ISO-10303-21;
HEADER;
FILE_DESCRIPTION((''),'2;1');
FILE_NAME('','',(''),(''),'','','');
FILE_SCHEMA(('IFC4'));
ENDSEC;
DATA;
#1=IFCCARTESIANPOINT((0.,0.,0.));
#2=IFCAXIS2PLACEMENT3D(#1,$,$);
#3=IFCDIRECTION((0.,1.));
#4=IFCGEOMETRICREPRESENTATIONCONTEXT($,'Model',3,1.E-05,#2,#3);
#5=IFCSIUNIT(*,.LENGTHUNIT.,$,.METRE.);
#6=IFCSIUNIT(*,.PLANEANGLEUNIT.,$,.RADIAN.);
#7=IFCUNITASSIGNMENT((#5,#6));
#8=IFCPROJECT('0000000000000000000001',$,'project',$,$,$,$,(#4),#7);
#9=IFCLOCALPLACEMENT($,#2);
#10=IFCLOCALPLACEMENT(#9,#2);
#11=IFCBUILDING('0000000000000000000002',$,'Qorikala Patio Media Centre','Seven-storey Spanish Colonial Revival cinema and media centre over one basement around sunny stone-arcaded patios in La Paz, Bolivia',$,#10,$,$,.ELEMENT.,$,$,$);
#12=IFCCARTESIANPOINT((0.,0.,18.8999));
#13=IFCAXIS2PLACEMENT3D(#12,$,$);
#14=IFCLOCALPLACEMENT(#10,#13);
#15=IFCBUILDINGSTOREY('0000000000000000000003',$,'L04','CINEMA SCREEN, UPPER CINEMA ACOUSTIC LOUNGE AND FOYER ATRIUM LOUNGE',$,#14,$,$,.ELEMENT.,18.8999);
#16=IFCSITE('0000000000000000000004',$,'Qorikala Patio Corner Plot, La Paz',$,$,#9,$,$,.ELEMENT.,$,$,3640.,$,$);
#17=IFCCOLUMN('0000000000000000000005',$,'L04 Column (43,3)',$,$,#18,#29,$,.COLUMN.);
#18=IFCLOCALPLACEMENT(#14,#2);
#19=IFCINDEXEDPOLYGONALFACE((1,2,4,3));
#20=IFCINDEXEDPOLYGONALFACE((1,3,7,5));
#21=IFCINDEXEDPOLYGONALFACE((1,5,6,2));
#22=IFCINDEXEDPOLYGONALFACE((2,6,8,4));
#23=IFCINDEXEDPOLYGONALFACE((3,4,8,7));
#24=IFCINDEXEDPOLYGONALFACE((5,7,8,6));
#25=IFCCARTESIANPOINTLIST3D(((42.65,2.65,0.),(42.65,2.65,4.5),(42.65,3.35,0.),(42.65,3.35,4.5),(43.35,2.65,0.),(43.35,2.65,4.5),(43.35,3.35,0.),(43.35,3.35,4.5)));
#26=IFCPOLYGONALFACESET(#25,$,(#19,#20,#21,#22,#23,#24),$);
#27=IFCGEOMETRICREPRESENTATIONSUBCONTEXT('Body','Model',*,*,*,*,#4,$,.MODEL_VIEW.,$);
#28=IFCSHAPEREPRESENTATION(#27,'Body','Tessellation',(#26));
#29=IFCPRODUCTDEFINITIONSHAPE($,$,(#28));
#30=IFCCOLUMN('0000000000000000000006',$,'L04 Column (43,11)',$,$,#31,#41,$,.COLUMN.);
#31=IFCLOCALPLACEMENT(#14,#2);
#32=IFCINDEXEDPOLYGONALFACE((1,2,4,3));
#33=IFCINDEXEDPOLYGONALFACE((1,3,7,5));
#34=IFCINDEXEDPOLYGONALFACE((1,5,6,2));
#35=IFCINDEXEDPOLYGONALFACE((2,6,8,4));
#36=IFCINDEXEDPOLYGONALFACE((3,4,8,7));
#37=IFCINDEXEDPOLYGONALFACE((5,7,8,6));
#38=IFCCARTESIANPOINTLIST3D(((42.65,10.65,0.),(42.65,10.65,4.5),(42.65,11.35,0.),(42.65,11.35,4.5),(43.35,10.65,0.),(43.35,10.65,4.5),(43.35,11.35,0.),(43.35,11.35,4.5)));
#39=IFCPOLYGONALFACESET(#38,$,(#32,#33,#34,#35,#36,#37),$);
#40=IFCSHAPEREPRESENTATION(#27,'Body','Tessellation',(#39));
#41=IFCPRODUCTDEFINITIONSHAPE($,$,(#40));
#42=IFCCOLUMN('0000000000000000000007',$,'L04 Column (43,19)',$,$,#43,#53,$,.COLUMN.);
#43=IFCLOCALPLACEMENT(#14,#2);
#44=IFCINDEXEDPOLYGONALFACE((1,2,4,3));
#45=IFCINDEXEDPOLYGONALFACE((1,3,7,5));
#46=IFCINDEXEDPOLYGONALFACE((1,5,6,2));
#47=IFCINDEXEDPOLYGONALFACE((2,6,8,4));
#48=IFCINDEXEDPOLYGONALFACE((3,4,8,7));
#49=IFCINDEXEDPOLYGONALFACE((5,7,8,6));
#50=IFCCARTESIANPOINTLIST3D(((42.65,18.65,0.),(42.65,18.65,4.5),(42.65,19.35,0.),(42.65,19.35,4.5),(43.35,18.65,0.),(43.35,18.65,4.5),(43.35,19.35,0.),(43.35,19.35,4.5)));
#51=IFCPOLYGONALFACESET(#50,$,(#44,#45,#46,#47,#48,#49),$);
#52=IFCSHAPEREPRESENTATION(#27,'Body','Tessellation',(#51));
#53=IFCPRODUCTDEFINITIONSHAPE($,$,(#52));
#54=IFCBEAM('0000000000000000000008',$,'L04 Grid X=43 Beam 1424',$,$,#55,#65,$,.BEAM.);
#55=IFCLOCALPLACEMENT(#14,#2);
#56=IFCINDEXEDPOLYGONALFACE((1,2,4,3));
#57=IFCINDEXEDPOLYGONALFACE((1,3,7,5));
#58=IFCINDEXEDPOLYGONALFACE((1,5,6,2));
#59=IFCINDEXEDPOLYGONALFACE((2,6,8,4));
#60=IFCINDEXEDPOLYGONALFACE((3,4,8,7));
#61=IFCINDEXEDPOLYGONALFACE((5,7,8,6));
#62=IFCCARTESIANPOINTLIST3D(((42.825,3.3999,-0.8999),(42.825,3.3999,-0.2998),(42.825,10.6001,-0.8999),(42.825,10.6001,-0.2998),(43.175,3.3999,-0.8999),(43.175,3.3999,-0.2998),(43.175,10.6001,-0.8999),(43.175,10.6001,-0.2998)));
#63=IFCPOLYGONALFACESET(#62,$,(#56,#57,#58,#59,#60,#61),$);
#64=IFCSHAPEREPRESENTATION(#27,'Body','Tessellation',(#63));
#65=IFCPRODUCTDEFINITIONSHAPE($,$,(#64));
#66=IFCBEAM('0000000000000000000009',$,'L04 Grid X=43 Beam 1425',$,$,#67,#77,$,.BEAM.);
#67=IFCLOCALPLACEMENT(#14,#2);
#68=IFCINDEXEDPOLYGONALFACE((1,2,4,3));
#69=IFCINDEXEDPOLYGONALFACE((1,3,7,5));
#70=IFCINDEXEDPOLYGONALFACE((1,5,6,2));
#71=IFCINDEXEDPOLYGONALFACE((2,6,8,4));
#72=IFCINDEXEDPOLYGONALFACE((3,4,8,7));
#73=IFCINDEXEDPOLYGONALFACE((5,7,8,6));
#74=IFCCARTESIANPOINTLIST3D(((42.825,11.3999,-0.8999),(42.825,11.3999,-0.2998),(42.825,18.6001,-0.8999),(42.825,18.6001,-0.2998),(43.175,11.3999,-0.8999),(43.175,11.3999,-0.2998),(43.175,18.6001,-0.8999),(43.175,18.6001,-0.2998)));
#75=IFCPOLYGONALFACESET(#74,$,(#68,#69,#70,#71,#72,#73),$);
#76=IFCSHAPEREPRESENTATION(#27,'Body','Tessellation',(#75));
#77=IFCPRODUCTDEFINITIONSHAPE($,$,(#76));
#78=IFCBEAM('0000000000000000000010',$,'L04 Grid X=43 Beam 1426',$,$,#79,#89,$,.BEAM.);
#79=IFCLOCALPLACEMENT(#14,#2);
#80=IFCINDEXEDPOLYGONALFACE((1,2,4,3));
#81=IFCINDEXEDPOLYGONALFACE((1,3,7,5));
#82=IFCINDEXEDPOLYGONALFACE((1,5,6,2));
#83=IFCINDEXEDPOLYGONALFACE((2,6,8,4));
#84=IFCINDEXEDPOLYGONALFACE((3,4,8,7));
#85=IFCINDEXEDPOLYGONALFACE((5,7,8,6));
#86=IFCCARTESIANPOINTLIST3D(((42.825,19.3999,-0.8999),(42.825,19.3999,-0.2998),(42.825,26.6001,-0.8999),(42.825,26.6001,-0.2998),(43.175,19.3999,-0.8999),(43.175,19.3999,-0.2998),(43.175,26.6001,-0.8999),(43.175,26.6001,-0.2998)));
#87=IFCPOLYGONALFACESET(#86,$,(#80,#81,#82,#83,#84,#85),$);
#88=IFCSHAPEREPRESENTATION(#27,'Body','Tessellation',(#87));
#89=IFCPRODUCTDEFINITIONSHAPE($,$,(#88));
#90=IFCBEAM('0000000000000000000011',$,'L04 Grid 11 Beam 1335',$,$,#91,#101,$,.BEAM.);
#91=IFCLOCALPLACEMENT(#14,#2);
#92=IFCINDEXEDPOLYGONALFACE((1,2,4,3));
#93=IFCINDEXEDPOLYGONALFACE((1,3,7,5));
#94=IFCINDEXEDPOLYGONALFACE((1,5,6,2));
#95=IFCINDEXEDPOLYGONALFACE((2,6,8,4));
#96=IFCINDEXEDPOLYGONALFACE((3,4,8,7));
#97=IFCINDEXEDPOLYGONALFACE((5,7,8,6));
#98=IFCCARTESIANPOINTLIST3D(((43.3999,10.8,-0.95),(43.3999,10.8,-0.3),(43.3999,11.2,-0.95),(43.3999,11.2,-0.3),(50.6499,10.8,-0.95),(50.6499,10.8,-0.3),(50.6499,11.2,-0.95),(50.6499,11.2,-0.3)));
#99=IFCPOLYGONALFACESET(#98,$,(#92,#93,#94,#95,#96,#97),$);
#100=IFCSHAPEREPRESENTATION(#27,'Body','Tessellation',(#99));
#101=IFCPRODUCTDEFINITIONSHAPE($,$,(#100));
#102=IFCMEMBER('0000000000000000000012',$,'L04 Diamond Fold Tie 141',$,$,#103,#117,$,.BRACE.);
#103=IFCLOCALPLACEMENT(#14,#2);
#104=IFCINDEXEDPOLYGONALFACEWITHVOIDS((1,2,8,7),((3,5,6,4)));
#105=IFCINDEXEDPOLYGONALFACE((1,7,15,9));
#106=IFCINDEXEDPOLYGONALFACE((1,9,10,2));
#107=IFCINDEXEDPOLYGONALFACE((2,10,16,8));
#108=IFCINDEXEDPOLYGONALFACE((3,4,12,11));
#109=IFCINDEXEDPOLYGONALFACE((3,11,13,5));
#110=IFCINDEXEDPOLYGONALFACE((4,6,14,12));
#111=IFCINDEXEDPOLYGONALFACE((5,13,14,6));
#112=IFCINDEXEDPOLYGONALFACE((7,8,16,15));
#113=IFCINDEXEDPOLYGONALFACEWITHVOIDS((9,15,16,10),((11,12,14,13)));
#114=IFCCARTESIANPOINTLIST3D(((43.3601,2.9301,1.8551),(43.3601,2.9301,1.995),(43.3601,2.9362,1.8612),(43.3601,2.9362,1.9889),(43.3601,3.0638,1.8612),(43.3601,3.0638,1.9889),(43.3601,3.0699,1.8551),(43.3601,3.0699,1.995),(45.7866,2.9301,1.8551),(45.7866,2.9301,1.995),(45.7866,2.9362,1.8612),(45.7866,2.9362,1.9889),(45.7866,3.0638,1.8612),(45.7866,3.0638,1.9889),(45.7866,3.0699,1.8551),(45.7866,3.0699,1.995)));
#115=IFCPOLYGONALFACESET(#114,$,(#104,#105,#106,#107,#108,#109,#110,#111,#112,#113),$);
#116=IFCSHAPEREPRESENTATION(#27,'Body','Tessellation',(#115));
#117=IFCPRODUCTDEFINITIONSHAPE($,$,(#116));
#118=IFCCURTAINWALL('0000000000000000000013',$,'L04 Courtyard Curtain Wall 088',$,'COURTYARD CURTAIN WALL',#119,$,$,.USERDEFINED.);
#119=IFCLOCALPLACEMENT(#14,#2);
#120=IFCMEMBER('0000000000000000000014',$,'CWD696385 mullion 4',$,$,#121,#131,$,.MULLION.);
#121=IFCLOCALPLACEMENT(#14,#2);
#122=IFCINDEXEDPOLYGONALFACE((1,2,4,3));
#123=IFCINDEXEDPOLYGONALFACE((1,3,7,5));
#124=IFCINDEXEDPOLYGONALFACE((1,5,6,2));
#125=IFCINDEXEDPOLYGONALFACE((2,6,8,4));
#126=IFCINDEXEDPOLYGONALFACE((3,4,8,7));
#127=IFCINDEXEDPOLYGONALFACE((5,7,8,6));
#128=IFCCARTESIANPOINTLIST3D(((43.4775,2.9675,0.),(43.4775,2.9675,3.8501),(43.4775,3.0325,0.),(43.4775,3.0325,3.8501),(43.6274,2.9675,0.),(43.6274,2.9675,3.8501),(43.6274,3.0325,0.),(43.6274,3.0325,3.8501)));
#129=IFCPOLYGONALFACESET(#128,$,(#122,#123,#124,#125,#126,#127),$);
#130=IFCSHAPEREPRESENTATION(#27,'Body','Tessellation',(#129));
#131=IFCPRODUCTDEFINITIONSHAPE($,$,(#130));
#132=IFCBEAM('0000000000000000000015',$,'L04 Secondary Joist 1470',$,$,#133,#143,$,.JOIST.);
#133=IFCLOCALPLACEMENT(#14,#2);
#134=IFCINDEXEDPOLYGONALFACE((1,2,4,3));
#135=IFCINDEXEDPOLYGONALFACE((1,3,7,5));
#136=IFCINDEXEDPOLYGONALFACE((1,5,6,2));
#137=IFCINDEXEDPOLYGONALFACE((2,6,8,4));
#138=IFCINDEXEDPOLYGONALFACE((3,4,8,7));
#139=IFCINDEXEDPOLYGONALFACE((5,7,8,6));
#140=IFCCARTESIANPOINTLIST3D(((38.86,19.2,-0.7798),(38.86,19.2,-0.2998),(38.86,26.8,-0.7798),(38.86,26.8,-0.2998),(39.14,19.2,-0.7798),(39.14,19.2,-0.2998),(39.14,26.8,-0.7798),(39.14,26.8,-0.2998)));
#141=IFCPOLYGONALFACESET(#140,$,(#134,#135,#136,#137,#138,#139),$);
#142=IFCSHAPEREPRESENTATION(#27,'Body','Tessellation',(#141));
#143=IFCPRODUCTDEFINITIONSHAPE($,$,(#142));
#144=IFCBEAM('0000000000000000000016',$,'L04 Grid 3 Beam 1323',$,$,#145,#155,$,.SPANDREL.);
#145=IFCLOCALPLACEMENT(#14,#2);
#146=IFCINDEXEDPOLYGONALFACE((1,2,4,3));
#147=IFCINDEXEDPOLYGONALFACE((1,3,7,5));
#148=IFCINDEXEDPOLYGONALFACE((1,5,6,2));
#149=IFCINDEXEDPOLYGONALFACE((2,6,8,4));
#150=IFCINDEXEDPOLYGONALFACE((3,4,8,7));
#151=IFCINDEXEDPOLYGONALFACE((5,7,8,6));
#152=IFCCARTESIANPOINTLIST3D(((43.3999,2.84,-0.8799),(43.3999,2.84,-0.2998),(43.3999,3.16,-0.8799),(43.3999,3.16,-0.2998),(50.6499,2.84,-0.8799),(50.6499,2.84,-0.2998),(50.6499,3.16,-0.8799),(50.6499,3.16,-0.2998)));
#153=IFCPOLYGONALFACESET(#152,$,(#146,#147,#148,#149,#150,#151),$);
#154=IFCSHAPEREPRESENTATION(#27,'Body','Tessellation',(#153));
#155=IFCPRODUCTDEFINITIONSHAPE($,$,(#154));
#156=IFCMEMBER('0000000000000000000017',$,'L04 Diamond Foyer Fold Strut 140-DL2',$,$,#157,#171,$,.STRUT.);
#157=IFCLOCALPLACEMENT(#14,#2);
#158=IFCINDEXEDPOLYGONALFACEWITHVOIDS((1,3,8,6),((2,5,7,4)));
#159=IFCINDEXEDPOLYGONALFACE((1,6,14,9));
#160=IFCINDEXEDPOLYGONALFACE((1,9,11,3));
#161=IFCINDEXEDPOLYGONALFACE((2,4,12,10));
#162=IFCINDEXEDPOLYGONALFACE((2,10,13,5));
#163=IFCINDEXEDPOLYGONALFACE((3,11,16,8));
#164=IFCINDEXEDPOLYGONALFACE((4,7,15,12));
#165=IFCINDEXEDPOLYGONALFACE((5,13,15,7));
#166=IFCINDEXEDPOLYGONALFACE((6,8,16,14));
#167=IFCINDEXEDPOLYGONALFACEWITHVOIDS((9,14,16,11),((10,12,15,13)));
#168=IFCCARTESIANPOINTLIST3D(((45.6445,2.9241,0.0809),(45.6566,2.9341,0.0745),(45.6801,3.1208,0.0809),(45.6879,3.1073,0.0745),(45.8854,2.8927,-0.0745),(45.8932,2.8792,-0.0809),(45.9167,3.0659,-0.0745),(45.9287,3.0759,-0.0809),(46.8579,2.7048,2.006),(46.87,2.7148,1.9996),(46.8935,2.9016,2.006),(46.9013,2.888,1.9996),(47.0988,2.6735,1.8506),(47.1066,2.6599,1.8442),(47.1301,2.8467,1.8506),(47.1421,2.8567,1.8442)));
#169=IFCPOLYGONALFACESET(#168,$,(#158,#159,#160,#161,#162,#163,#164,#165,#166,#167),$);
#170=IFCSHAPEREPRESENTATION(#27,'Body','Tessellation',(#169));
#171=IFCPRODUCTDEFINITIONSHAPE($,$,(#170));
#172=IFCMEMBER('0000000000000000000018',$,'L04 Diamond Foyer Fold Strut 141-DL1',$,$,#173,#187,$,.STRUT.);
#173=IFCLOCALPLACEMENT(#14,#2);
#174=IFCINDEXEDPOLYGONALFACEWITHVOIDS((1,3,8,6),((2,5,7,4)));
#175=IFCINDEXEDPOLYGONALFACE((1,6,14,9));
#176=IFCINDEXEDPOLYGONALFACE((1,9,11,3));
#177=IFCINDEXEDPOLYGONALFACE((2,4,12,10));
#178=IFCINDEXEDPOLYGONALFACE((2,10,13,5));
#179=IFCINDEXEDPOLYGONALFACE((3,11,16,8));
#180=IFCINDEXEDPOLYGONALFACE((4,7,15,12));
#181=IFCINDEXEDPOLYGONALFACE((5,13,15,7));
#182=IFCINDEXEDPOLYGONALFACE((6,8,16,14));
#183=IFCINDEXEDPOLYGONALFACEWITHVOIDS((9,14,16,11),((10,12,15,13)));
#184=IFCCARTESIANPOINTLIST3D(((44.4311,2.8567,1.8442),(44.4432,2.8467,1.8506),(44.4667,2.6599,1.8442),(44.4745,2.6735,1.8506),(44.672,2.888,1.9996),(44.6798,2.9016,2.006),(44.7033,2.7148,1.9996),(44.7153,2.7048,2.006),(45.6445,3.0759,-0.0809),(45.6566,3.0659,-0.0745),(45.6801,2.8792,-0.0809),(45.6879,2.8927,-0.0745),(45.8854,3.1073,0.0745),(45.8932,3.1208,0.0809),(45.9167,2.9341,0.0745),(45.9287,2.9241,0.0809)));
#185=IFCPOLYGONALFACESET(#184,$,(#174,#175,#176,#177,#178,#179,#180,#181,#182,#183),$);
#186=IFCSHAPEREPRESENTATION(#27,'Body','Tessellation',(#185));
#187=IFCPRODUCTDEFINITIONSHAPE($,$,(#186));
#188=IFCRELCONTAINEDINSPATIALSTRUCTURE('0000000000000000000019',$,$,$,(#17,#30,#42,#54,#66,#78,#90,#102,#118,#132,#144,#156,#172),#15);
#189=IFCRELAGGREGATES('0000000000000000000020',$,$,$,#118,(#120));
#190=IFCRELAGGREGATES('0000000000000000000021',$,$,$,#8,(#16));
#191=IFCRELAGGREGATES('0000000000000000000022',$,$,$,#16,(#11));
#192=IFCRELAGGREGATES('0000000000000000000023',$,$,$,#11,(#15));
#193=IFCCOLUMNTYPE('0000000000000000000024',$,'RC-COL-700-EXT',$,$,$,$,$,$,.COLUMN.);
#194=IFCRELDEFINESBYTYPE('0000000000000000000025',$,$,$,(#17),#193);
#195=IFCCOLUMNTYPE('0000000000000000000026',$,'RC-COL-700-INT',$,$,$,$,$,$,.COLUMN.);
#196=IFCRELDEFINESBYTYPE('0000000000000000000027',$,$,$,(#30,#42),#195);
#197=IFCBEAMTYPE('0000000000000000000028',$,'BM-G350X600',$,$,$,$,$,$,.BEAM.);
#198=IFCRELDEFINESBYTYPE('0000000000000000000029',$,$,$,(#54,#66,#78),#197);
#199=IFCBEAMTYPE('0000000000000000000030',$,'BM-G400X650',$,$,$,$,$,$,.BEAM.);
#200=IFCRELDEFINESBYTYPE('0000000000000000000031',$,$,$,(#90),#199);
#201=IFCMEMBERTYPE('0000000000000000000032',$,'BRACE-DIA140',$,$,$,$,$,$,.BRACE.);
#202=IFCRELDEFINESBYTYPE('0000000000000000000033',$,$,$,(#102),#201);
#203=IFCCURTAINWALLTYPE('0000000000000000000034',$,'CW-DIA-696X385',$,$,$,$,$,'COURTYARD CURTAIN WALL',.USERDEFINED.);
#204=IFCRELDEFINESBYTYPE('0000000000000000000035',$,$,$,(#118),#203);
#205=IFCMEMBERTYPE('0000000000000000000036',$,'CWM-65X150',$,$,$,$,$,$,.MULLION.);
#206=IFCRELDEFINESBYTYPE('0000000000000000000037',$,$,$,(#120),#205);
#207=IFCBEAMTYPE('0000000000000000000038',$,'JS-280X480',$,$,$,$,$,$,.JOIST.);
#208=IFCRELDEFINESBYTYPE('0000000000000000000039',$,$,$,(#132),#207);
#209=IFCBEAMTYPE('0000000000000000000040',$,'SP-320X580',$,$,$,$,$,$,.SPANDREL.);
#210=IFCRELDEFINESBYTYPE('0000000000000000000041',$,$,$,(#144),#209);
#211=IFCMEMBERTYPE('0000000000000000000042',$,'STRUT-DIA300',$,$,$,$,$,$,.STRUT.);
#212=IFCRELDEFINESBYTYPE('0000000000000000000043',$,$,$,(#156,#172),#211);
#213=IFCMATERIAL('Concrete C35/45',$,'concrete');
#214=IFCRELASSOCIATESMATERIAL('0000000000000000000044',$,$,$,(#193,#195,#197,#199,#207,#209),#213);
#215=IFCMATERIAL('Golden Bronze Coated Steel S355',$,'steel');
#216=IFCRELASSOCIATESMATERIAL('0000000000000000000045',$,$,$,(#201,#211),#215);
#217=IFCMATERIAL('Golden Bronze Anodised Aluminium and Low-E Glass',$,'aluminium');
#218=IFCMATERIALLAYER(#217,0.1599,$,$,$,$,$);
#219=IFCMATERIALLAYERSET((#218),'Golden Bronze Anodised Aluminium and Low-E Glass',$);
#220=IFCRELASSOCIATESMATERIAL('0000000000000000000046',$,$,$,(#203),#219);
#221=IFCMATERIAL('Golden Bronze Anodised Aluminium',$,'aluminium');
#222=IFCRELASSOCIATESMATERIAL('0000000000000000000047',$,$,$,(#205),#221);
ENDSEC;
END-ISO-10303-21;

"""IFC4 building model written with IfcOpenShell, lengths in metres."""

from ifc_helpers import new_model, si_unit, direction, frame, origin, origin_2d, place, context, subcontext, project, spatial, rectangle, hollow_rectangle, extrude, material, layer, layer_set, material_profile, profile_set, type_object, element, aggregate, save


model = new_model("IFC4")

# Units and contexts
model_context = context("Model", 3, precision=1e-05, world=origin(), true_north=direction((0.0, 1.0)))
body_context = subcontext(model_context, "Body", "Model", "MODEL_VIEW")
ifc_project = project(units=[si_unit("LENGTHUNIT", "METRE"), si_unit("PLANEANGLEUNIT", "RADIAN")], contexts=[model_context])

# Site, building, storey
site_placement = place(None, origin())
site = spatial("IfcSite", under=ifc_project, at=site_placement, Name="Qorikala Patio Corner Plot, La Paz", CompositionType="ELEMENT", RefElevation=3640.0)
building_placement = place(site_placement, origin())
building = spatial("IfcBuilding", under=site, at=building_placement, Name="Qorikala Patio Media Centre", Description="Seven-storey Spanish Colonial Revival cinema and media centre over one basement around sunny stone-arcaded patios in La Paz, Bolivia", CompositionType="ELEMENT")
storey_placement = place(building_placement, frame((0.0, 0.0, 18.8999)))
storey = spatial("IfcBuildingStorey", under=building, at=storey_placement, Name="L04", Description="CINEMA SCREEN, UPPER CINEMA ACOUSTIC LOUNGE AND FOYER ATRIUM LOUNGE", CompositionType="ELEMENT", Elevation=18.8999)

# Columns
ifc_material_1 = material(Name="Concrete C35/45", Category="concrete")
ifc_material_profile_1 = material_profile(ifc_material_1, rectangle(XDim=0.7, YDim=0.7, at=origin_2d()), Name="RC 700x700")
ifc_profile_set_1 = profile_set([ifc_material_profile_1], Name="Concrete C35/45")
column_type_1 = type_object("IfcColumnType", Name="RC-COL-700-EXT", PredefinedType="COLUMN", material=ifc_profile_set_1)
column_placement = place(storey_placement, frame((43.0, 3.0, 0.0), z_axis=(0.0, 0.0, 1.0), x_axis=(1.0, 0.0, 0.0)))
element("IfcColumn", 1, at=column_placement, inside=storey, type_object=column_type_1, Name="L04 Column (43,3)", PredefinedType="COLUMN", context=body_context, shape_type="SweptSolid", body=[
    extrude(rectangle(XDim=0.7, YDim=0.7, at=origin_2d()), origin(), (0.0, 0.0, 1.0), 4.5),
])
ifc_material_profile_2 = material_profile(ifc_material_1, rectangle(XDim=0.7, YDim=0.7, at=origin_2d()), Name="RC 700x700")
ifc_profile_set_2 = profile_set([ifc_material_profile_2], Name="Concrete C35/45")
column_type_2 = type_object("IfcColumnType", Name="RC-COL-700-INT", PredefinedType="COLUMN", material=ifc_profile_set_2)
for number, where, z_axis, x_axis, name in (
    (2, (43.0, 11.0, 0.0), (0.0, 0.0, 1.0), (1.0, 0.0, 0.0), "L04 Column (43,11)"),
    (3, (43.0, 19.0, 0.0), (0.0, 0.0, 1.0), (1.0, 0.0, 0.0), "L04 Column (43,19)"),
):
    element("IfcColumn", number, at=place(storey_placement, frame(where, z_axis=z_axis, x_axis=x_axis)), inside=storey, type_object=column_type_2, Name=name, PredefinedType="COLUMN", context=body_context, shape_type="SweptSolid", body=[
        extrude(rectangle(XDim=0.7, YDim=0.7, at=origin_2d()), origin(), (0.0, 0.0, 1.0), 4.5),
    ])

# Beams
ifc_material_profile_3 = material_profile(ifc_material_1, rectangle(XDim=0.3501, YDim=0.6001, at=origin_2d()), Name="RC 350x600")
ifc_profile_set_3 = profile_set([ifc_material_profile_3], Name="Concrete C35/45")
beam_type_1 = type_object("IfcBeamType", Name="BM-G350X600", PredefinedType="BEAM", material=ifc_profile_set_3)
for number, where, z_axis, x_axis, name in (
    (4, (43.0, 3.3999, -0.5999), (0.0, 1.0, 0.0), (-1.0, 0.0, 0.0), "L04 Grid X=43 Beam 1424"),
    (5, (43.0, 11.3999, -0.5999), (0.0, 1.0, 0.0), (-1.0, 0.0, 0.0), "L04 Grid X=43 Beam 1425"),
    (6, (43.0, 19.3999, -0.5999), (0.0, 1.0, 0.0), (-1.0, 0.0, 0.0), "L04 Grid X=43 Beam 1426"),
):
    element("IfcBeam", number, at=place(storey_placement, frame(where, z_axis=z_axis, x_axis=x_axis)), inside=storey, type_object=beam_type_1, Name=name, PredefinedType="BEAM", context=body_context, shape_type="SweptSolid", body=[
        extrude(rectangle(XDim=0.3501, YDim=0.6001, at=origin_2d()), origin(), (0.0, 0.0, 1.0), 7.2002),
    ])
ifc_material_profile_4 = material_profile(ifc_material_1, rectangle(XDim=0.3999, YDim=0.6499, at=origin_2d()), Name="RC 400x650")
ifc_profile_set_4 = profile_set([ifc_material_profile_4], Name="Concrete C35/45")
beam_type_2 = type_object("IfcBeamType", Name="BM-G400X650", PredefinedType="BEAM", material=ifc_profile_set_4)
beam_1_placement = place(storey_placement, frame((43.3999, 11.0, -0.625), z_axis=(1.0, 0.0, 0.0), x_axis=(0.0, 1.0, 0.0)))
element("IfcBeam", 7, at=beam_1_placement, inside=storey, type_object=beam_type_2, Name="L04 Grid 11 Beam 1335", PredefinedType="BEAM", context=body_context, shape_type="SweptSolid", body=[
    extrude(rectangle(XDim=0.3999, YDim=0.6499, at=origin_2d()), origin(), (0.0, 0.0, 1.0), 7.25),
])

# Member
ifc_material_2 = material(Name="Golden Bronze Coated Steel S355", Category="steel")
ifc_material_profile_5 = material_profile(ifc_material_2, hollow_rectangle(XDim=0.1399, YDim=0.1399, WallThickness=0.0061, at=origin_2d()), Name="HSS140X140X6")
ifc_profile_set_5 = profile_set([ifc_material_profile_5], Name="Golden Bronze Coated Steel S355")
member_type_1 = type_object("IfcMemberType", Name="BRACE-DIA140", PredefinedType="BRACE", material=ifc_profile_set_5)
member_1_placement = place(storey_placement, frame((45.7866, 3.0, 1.925), z_axis=(-1.0, 0.0, 0.0), x_axis=(0.0, -1.0, 0.0)))
element("IfcMember", 8, at=member_1_placement, inside=storey, type_object=member_type_1, Name="L04 Diamond Fold Tie 141", PredefinedType="BRACE", context=body_context, shape_type="SweptSolid", body=[
    extrude(hollow_rectangle(XDim=0.1399, YDim=0.1399, WallThickness=0.0061, at=origin_2d()), origin(), (0.0, 0.0, 1.0), 2.4265),
])

# Curtain wall, member
ifc_material_3 = material(Name="Golden Bronze Anodised Aluminium and Low-E Glass", Category="aluminium")
ifc_layer_1 = layer(ifc_material_3, 0.1599)
ifc_layer_set_1 = layer_set([ifc_layer_1], Name="Golden Bronze Anodised Aluminium and Low-E Glass")
curtain_wall_type = type_object("IfcCurtainWallType", Name="CW-DIA-696X385", ElementType="COURTYARD CURTAIN WALL", PredefinedType="USERDEFINED", material=ifc_layer_set_1)
curtain_wall_placement = place(storey_placement, origin())
curtain_wall = element("IfcCurtainWall", 9, at=curtain_wall_placement, inside=storey, type_object=curtain_wall_type, Name="L04 Courtyard Curtain Wall 088", ObjectType="COURTYARD CURTAIN WALL", PredefinedType="USERDEFINED")
ifc_material_4 = material(Name="Golden Bronze Anodised Aluminium", Category="aluminium")
ifc_material_profile_6 = material_profile(ifc_material_4, rectangle(XDim=0.0649, YDim=0.1499, at=origin_2d()), Name="ALU MULLION 65x150")
ifc_profile_set_6 = profile_set([ifc_material_profile_6], Name="Golden Bronze Anodised Aluminium")
member_type_2 = type_object("IfcMemberType", Name="CWM-65X150", PredefinedType="MULLION", material=ifc_profile_set_6)
member_2_placement = place(storey_placement, frame((43.5525, 3.0, 0.0), z_axis=(0.0, 0.0, 1.0), x_axis=(0.0, -1.0, 0.0)))
member_2 = element("IfcMember", 10, at=member_2_placement, type_object=member_type_2, Name="CWD696385 mullion 4", PredefinedType="MULLION", context=body_context, shape_type="SweptSolid", body=[
    extrude(rectangle(XDim=0.0649, YDim=0.1499, at=origin_2d()), origin(), (0.0, 0.0, 1.0), 3.8501),
])

# Beams
ifc_material_profile_7 = material_profile(ifc_material_1, rectangle(XDim=0.28, YDim=0.48, at=origin_2d()), Name="RC 280x480")
ifc_profile_set_7 = profile_set([ifc_material_profile_7], Name="Concrete C35/45")
beam_type_3 = type_object("IfcBeamType", Name="JS-280X480", PredefinedType="JOIST", material=ifc_profile_set_7)
beam_2_placement = place(storey_placement, frame((39.0, 19.2, -0.5398), z_axis=(0.0, 1.0, 0.0), x_axis=(-1.0, 0.0, 0.0)))
element("IfcBeam", 11, at=beam_2_placement, inside=storey, type_object=beam_type_3, Name="L04 Secondary Joist 1470", PredefinedType="JOIST", context=body_context, shape_type="SweptSolid", body=[
    extrude(rectangle(XDim=0.28, YDim=0.48, at=origin_2d()), origin(), (0.0, 0.0, 1.0), 7.6001),
])
ifc_material_profile_8 = material_profile(ifc_material_1, rectangle(XDim=0.3201, YDim=0.5801, at=origin_2d()), Name="RC 320x580")
ifc_profile_set_8 = profile_set([ifc_material_profile_8], Name="Concrete C35/45")
beam_type_4 = type_object("IfcBeamType", Name="SP-320X580", PredefinedType="SPANDREL", material=ifc_profile_set_8)
beam_3_placement = place(storey_placement, frame((43.3999, 3.0, -0.5898), z_axis=(1.0, 0.0, 0.0), x_axis=(0.0, 1.0, 0.0)))
element("IfcBeam", 12, at=beam_3_placement, inside=storey, type_object=beam_type_4, Name="L04 Grid 3 Beam 1323", PredefinedType="SPANDREL", context=body_context, shape_type="SweptSolid", body=[
    extrude(rectangle(XDim=0.3201, YDim=0.5801, at=origin_2d()), origin(), (0.0, 0.0, 1.0), 7.25),
])

# Members
ifc_material_profile_9 = material_profile(ifc_material_2, hollow_rectangle(XDim=0.2, YDim=0.3, WallThickness=0.012, at=origin_2d()), Name="HSS300X200X12")
ifc_profile_set_9 = profile_set([ifc_material_profile_9], Name="Golden Bronze Coated Steel S355")
member_type_3 = type_object("IfcMemberType", Name="STRUT-DIA300", PredefinedType="STRUT", material=ifc_profile_set_9)
for number, where, z_axis, x_axis, name in (
    (13, (45.7866, 3.0, 0.0), (0.530768, -0.095901, 0.842074), (0.177805, 0.984066, 0.0), "L04 Diamond Foyer Fold Strut 140-DL2"),
    (14, (45.7866, 3.0, 0.0), (-0.530768, -0.095901, 0.842074), (0.177805, -0.984066, 0.0), "L04 Diamond Foyer Fold Strut 141-DL1"),
):
    element("IfcMember", number, at=place(storey_placement, frame(where, z_axis=z_axis, x_axis=x_axis)), inside=storey, type_object=member_type_3, Name=name, PredefinedType="STRUT", context=body_context, shape_type="SweptSolid", body=[
        extrude(hollow_rectangle(XDim=0.2, YDim=0.3, WallThickness=0.012, at=origin_2d()), origin(), (0.0, 0.0, 1.0), 2.2861),
    ])

aggregate(curtain_wall, [member_2])

save(model, "model.ifc")
